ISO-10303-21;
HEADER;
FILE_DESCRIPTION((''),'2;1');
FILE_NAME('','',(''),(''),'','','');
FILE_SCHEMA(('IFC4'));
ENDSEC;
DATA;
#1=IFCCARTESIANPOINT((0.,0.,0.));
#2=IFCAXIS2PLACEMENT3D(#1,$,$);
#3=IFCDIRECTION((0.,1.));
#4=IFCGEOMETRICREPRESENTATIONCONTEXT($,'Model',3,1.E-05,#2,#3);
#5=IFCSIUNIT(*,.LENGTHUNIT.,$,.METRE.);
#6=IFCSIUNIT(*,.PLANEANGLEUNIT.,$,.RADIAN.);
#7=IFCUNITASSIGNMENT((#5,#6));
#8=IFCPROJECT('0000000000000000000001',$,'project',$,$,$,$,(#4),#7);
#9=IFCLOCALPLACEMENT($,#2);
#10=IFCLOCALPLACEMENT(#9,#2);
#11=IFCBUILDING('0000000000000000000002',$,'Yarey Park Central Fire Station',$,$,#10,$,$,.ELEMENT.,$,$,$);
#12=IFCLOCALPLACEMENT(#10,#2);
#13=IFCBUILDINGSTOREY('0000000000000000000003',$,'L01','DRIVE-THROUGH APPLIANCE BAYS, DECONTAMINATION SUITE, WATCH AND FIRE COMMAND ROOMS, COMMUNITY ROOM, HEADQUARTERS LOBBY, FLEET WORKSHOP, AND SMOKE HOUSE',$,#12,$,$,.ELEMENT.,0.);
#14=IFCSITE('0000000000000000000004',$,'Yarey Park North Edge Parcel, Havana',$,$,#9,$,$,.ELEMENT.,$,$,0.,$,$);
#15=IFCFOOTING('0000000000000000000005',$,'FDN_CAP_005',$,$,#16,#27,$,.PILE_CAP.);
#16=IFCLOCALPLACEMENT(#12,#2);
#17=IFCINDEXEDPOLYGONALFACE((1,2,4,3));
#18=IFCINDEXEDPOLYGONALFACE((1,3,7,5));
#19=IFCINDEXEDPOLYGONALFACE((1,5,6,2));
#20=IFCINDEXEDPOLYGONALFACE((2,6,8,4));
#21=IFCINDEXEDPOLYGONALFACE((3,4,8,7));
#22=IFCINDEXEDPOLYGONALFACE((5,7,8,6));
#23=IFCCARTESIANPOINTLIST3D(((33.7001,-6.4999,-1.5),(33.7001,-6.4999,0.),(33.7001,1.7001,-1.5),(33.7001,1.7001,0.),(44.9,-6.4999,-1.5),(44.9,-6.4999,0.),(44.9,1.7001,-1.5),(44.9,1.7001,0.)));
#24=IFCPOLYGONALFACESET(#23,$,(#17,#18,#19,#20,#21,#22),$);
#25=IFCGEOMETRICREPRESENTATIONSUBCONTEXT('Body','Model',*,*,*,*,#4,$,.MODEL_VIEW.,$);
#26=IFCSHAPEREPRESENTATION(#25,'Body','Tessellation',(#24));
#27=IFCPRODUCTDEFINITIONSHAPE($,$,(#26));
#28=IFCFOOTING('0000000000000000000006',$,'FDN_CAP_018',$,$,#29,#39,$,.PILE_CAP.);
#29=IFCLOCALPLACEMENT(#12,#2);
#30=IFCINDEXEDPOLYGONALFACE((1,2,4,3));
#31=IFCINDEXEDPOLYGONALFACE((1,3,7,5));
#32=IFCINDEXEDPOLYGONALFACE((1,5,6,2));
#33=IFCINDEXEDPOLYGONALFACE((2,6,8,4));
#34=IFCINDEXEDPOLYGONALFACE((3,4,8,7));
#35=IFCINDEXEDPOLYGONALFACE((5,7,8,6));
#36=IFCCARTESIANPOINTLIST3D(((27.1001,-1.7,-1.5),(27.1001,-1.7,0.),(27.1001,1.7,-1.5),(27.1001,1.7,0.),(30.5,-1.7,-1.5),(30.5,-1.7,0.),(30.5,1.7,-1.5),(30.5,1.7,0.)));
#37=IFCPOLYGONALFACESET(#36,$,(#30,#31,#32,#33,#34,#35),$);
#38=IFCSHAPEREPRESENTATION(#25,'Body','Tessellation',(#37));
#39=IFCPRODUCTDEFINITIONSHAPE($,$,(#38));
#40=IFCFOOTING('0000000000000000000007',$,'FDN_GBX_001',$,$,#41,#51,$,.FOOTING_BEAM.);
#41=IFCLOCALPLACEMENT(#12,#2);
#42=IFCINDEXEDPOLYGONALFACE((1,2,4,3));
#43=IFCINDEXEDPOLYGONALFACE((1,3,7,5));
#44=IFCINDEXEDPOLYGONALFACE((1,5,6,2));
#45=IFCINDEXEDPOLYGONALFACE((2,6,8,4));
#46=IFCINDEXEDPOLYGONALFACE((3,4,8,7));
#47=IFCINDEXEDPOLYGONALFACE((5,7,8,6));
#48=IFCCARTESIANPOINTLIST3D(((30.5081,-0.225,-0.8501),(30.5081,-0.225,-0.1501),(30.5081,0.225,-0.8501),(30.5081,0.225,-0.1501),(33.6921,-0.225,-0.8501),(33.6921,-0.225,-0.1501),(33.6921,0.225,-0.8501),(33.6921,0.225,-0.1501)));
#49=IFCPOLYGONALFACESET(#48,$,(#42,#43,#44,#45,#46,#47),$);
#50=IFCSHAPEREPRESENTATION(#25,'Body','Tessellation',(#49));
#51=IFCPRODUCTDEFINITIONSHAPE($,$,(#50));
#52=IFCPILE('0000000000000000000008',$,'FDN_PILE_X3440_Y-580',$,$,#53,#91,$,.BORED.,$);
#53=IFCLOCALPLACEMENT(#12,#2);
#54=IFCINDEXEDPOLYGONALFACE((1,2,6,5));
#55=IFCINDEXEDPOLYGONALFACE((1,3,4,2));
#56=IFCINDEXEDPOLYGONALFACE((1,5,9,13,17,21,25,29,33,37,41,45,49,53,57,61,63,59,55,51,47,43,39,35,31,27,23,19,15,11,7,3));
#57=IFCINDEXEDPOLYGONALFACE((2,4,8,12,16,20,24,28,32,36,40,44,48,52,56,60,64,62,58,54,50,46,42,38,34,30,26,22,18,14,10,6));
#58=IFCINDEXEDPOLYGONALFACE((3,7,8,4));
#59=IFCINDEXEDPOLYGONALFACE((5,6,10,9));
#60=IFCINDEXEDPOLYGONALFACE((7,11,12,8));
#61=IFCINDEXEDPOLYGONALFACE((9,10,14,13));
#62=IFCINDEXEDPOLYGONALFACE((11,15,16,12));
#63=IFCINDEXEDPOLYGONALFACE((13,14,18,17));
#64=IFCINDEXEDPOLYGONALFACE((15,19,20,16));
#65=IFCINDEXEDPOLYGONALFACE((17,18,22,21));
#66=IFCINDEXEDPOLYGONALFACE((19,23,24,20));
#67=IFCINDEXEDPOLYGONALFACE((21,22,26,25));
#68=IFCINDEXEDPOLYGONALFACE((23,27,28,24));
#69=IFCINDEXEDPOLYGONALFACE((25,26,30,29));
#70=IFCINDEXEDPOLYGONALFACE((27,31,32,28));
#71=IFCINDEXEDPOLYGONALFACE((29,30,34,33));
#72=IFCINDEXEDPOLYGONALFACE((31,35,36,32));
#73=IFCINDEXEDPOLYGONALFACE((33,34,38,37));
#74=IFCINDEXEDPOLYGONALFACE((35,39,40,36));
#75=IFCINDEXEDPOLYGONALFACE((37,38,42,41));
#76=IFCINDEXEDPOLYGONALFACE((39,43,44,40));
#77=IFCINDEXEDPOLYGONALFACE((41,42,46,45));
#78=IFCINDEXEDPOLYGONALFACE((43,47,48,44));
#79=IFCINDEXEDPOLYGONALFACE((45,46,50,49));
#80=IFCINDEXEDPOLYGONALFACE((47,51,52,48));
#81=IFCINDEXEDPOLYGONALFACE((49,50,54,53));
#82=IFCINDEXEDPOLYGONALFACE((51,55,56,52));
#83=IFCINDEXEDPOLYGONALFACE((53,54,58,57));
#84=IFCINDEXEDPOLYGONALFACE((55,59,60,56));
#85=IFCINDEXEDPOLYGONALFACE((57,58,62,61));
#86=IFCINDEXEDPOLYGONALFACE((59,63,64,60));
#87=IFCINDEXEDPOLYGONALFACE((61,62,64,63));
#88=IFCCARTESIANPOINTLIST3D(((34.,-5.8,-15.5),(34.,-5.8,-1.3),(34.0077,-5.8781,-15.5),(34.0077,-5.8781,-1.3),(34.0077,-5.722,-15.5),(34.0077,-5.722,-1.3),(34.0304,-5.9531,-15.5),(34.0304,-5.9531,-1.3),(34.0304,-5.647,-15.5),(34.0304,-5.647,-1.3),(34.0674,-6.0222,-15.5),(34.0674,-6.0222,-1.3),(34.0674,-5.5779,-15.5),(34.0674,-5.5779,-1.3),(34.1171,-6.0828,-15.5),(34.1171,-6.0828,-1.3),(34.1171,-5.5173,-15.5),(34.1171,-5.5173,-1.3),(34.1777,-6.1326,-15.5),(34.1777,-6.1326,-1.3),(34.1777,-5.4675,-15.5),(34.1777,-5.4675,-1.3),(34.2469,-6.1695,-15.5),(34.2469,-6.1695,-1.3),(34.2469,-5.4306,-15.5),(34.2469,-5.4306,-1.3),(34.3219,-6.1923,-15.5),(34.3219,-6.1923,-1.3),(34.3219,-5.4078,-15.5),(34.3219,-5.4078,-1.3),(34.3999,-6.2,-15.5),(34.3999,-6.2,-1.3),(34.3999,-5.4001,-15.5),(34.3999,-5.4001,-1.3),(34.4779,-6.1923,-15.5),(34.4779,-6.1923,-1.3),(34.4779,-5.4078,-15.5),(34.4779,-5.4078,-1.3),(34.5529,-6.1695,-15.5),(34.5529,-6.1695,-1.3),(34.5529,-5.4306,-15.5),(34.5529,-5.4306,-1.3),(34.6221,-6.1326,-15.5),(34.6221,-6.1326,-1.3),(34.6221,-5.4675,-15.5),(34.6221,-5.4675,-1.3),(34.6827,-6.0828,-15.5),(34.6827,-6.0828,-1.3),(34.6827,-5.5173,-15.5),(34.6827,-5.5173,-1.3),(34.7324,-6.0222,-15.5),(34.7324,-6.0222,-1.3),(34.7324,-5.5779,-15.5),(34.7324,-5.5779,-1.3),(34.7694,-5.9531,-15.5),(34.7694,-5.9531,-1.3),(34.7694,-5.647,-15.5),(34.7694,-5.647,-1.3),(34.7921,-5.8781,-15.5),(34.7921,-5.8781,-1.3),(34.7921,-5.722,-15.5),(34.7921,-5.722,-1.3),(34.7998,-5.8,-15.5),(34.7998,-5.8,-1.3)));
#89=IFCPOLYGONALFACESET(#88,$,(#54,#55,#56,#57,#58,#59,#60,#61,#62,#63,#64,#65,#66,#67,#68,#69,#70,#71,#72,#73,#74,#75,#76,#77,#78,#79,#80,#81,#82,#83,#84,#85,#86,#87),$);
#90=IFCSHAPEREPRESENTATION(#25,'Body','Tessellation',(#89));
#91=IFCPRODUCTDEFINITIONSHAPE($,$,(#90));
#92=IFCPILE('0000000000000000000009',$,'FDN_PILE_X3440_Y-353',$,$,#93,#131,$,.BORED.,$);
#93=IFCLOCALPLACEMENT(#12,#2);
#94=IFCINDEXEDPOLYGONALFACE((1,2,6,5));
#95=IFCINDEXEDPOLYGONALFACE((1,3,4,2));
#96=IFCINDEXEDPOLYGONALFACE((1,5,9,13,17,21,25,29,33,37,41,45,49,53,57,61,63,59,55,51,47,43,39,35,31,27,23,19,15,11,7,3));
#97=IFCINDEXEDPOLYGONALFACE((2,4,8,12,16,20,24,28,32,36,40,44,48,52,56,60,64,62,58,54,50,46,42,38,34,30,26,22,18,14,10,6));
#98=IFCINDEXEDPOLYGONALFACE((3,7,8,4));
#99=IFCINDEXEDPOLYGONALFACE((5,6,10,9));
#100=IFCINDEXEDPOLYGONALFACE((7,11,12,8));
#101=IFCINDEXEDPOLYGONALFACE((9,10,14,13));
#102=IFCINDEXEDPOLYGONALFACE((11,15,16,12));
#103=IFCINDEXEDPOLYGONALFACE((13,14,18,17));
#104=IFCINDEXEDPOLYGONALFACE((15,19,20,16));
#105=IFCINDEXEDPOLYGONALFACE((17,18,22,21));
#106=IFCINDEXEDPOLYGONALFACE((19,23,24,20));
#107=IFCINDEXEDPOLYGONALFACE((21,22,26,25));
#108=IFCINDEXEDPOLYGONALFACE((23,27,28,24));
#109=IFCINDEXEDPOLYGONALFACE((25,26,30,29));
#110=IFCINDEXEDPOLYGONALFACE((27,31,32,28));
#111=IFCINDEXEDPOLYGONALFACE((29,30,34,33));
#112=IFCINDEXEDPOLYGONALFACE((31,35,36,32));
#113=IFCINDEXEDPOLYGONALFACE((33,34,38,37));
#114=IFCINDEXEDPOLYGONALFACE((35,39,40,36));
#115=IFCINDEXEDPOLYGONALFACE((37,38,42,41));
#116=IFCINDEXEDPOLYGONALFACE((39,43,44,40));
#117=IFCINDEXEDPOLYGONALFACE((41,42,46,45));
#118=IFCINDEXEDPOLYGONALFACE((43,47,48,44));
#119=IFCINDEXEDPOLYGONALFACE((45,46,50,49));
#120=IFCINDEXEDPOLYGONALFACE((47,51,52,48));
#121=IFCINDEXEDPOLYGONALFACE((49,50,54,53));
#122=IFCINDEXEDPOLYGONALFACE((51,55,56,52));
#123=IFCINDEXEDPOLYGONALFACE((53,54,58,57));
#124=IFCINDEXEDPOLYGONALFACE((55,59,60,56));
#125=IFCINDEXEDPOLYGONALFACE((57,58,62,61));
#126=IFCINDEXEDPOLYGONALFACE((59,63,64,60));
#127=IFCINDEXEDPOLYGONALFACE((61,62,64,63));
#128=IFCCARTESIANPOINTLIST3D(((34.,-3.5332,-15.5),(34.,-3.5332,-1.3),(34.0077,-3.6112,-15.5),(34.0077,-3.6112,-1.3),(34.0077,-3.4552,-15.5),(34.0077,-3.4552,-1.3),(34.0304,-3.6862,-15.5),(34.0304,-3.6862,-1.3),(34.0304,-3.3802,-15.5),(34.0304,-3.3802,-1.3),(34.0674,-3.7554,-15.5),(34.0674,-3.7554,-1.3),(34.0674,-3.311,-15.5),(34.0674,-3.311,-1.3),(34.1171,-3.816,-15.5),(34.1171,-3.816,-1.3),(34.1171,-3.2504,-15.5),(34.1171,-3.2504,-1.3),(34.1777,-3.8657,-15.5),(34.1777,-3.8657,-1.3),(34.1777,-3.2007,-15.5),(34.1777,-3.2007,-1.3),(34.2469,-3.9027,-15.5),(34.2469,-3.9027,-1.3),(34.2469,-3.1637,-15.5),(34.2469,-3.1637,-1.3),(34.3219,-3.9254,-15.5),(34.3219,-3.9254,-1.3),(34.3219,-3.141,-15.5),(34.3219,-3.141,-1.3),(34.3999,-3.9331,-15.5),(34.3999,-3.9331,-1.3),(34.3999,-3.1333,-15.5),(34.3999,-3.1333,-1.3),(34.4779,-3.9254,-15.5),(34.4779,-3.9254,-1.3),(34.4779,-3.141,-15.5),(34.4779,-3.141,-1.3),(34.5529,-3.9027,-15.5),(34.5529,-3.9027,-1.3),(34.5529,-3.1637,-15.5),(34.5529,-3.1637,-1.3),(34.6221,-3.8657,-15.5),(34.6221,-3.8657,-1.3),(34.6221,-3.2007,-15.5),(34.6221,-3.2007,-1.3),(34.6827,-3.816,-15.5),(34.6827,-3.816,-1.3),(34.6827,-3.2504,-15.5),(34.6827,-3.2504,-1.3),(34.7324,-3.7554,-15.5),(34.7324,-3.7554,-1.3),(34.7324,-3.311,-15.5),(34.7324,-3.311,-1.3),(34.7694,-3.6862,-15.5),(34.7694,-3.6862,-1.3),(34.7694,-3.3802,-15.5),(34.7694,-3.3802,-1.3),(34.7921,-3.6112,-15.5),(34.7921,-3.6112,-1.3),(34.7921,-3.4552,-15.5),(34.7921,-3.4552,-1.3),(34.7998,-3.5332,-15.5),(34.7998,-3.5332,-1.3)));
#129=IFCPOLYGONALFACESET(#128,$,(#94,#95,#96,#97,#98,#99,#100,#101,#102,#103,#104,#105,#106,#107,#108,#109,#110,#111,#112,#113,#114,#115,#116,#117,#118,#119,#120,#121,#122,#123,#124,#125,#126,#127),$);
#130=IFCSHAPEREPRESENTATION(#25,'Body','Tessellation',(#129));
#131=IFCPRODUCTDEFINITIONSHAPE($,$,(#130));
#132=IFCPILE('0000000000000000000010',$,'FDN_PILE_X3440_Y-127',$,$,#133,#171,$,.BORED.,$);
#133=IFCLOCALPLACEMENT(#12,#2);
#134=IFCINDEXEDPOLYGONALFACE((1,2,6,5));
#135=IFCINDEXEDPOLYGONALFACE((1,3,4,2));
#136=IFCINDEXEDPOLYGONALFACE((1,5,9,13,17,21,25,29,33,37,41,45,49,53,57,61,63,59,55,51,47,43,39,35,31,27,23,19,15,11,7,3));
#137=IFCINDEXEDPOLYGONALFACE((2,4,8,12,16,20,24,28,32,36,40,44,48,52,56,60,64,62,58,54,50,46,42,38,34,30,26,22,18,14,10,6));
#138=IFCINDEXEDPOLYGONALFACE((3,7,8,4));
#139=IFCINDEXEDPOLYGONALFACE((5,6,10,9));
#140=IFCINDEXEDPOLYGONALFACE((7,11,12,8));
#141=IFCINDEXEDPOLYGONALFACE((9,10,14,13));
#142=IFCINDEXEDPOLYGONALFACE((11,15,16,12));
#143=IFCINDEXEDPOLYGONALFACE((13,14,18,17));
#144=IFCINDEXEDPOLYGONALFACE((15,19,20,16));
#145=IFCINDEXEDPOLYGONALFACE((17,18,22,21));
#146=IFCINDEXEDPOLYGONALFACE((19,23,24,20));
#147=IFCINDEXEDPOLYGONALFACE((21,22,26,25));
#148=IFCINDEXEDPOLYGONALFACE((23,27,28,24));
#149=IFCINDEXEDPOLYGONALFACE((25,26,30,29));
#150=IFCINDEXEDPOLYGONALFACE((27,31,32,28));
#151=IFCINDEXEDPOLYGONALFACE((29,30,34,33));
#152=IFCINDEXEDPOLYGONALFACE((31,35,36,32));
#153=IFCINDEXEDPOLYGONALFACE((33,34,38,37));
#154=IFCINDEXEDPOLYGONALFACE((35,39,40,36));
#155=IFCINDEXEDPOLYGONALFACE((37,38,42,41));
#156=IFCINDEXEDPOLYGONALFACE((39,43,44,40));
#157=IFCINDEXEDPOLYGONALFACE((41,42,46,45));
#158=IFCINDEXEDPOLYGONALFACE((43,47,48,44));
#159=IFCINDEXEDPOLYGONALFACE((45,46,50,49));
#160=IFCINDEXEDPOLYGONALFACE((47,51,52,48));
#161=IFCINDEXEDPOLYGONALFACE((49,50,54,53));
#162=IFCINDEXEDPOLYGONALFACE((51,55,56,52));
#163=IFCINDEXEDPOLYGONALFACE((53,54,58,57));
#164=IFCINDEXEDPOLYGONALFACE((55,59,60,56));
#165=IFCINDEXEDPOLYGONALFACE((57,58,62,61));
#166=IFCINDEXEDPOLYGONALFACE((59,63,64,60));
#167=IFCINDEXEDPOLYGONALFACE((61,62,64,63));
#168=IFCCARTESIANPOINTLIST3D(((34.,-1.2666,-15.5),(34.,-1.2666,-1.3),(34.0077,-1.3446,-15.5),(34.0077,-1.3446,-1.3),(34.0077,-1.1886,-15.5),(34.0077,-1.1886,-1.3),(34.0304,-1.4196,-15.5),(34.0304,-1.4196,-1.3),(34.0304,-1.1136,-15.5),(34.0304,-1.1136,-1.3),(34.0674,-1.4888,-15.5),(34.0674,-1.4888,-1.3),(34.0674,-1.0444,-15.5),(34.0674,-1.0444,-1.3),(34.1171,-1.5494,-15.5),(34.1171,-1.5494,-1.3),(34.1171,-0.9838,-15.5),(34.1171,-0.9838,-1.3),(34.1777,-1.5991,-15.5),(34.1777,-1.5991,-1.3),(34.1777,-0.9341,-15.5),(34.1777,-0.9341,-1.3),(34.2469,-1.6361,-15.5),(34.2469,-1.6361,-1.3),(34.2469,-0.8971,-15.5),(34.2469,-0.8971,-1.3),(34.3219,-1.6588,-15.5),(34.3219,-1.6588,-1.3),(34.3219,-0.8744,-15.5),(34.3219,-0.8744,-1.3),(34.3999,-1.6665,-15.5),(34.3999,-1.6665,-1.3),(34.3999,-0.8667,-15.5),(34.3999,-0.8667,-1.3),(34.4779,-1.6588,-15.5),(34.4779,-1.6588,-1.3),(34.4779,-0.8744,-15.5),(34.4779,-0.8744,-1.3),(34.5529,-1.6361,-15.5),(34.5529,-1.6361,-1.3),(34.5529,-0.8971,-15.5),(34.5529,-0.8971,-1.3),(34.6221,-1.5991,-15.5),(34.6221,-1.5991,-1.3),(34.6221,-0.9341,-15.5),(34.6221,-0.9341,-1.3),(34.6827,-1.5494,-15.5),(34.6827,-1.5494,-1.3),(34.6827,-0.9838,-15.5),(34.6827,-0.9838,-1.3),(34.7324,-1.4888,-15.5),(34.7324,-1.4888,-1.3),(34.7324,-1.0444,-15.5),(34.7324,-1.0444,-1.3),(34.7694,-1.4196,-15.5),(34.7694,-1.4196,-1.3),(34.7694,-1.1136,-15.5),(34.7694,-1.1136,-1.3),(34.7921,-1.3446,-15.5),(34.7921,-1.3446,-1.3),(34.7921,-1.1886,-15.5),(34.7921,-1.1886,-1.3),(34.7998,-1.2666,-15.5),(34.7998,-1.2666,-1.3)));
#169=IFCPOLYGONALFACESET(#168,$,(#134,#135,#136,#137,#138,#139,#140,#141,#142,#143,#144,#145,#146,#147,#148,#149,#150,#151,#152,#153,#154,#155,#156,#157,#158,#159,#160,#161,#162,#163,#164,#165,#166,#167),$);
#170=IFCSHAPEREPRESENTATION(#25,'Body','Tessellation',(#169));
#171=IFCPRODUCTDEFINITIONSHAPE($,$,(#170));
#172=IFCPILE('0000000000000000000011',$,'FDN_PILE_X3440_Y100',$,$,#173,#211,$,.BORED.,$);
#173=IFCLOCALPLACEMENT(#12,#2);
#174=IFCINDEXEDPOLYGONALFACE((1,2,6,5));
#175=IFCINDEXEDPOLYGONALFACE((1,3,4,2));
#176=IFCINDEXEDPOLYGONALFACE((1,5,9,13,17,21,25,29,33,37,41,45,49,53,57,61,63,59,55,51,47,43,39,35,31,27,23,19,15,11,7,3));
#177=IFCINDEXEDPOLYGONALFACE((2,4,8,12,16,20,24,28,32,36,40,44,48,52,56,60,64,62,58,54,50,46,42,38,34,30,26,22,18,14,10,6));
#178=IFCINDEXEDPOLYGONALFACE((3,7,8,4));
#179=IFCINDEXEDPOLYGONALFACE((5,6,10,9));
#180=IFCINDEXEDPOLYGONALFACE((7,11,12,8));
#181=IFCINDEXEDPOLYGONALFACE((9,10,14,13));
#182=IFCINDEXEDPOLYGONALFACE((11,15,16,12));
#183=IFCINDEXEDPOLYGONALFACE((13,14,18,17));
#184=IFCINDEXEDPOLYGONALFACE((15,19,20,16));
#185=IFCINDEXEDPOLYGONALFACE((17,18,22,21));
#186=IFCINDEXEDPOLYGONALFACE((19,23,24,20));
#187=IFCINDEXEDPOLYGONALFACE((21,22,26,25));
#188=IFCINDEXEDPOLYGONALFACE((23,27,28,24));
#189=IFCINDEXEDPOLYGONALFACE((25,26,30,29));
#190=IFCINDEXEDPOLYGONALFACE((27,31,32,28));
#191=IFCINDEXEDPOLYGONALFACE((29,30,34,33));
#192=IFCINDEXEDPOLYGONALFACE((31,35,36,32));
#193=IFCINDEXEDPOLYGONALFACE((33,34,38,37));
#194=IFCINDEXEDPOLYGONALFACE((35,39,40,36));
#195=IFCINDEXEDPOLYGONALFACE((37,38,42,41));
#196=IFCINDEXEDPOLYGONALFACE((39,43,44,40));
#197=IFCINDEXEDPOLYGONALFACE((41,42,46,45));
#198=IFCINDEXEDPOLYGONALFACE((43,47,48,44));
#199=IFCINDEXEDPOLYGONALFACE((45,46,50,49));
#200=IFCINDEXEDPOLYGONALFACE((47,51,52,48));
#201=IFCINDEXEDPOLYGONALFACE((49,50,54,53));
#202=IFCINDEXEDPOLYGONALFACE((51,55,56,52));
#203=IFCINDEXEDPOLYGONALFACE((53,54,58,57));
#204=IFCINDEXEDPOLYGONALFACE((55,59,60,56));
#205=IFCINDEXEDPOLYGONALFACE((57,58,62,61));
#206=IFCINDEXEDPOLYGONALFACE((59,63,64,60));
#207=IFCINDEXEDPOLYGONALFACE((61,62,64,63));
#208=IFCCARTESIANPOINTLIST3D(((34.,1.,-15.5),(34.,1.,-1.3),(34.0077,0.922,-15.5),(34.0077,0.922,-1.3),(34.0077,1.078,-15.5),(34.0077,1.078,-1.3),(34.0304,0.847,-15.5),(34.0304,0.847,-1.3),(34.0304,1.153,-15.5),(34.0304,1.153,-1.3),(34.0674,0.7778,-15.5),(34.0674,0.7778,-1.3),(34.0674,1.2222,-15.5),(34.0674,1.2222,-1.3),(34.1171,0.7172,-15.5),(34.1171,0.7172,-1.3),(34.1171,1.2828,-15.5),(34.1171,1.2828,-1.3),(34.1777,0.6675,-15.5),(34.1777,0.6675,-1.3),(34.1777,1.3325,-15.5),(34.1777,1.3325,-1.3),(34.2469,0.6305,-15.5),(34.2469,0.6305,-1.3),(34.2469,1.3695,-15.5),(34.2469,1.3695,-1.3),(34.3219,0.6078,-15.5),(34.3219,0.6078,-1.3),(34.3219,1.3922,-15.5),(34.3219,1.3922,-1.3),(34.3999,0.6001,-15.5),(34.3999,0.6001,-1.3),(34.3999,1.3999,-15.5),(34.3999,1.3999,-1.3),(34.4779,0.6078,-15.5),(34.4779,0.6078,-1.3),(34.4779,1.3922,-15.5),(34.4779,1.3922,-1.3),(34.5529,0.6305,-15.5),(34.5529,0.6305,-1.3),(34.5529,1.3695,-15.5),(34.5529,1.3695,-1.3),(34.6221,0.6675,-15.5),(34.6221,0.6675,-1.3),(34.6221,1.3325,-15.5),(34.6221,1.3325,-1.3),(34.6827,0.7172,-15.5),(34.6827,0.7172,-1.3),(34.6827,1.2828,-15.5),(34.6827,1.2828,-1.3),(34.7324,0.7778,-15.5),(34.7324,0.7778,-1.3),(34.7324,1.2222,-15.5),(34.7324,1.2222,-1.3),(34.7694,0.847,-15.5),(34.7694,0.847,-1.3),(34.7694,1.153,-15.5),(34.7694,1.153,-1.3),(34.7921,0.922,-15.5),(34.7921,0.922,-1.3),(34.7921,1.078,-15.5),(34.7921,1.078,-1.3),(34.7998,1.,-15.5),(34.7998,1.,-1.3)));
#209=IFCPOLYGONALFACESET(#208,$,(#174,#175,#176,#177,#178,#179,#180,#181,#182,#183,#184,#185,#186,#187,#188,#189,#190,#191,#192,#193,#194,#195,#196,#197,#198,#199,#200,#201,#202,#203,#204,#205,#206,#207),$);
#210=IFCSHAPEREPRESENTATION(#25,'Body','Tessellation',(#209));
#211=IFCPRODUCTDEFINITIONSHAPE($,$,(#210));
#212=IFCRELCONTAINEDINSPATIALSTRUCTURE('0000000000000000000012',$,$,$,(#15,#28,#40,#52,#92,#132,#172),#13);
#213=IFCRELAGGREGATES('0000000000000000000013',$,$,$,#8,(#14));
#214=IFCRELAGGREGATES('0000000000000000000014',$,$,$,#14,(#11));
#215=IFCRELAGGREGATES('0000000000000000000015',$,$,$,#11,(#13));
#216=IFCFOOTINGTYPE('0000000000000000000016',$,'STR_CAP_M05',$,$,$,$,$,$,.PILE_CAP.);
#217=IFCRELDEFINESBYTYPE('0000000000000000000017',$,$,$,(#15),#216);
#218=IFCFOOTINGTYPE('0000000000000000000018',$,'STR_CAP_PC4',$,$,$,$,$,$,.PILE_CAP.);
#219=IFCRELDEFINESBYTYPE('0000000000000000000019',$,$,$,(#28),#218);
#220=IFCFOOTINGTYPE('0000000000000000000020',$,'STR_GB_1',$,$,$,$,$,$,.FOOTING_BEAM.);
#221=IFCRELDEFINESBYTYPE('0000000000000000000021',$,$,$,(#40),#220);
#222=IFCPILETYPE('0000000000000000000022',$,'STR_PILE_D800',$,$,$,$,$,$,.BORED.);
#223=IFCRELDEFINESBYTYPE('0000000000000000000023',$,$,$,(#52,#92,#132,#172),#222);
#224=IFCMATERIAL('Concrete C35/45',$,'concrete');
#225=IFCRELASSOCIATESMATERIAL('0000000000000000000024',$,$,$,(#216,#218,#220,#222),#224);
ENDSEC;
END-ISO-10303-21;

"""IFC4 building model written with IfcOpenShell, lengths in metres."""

from ifc_helpers import new_model, si_unit, direction, frame, origin, origin_2d, place, context, subcontext, project, spatial, rectangle, circle, extrude, material, material_profile, profile_set, type_object, element, save


model = new_model("IFC4")

# Units and contexts
model_context = context("Model", 3, precision=1e-05, world=origin(), true_north=direction((0.0, 1.0)))
body_context = subcontext(model_context, "Body", "Model", "MODEL_VIEW")
ifc_project = project(units=[si_unit("LENGTHUNIT", "METRE"), si_unit("PLANEANGLEUNIT", "RADIAN")], contexts=[model_context])

# Site, building, storey
site_placement = place(None, origin())
site = spatial("IfcSite", under=ifc_project, at=site_placement, Name="Yarey Park North Edge Parcel, Havana", CompositionType="ELEMENT", RefElevation=0.0)
building_placement = place(site_placement, origin())
building = spatial("IfcBuilding", under=site, at=building_placement, Name="Yarey Park Central Fire Station", CompositionType="ELEMENT")
storey_placement = place(building_placement, origin())
storey = spatial("IfcBuildingStorey", under=building, at=storey_placement, Name="L01", Description="DRIVE-THROUGH APPLIANCE BAYS, DECONTAMINATION SUITE, WATCH AND FIRE COMMAND ROOMS, COMMUNITY ROOM, HEADQUARTERS LOBBY, FLEET WORKSHOP, AND SMOKE HOUSE", CompositionType="ELEMENT", Elevation=0.0)

# Footings
ifc_material_1 = material(Name="Concrete C35/45", Category="concrete")
footing_type_1 = type_object("IfcFootingType", Name="STR_CAP_M05", PredefinedType="PILE_CAP", material=ifc_material_1)
footing_1_placement = place(storey_placement, frame((39.3, -2.3999, -1.5), z_axis=(0.0, 0.0, 1.0), x_axis=(1.0, 0.0, 0.0)))
element("IfcFooting", 1, at=footing_1_placement, inside=storey, type_object=footing_type_1, Name="FDN_CAP_005", PredefinedType="PILE_CAP", context=body_context, shape_type="SweptSolid", body=[
    extrude(rectangle(XDim=11.2, YDim=8.2, at=origin_2d()), origin(), (0.0, 0.0, 1.0), 1.5),
])
footing_type_2 = type_object("IfcFootingType", Name="STR_CAP_PC4", PredefinedType="PILE_CAP", material=ifc_material_1)
footing_2_placement = place(storey_placement, frame((28.8, 0.0, -1.5), z_axis=(0.0, 0.0, 1.0), x_axis=(1.0, 0.0, 0.0)))
element("IfcFooting", 2, at=footing_2_placement, inside=storey, type_object=footing_type_2, Name="FDN_CAP_018", PredefinedType="PILE_CAP", context=body_context, shape_type="SweptSolid", body=[
    extrude(rectangle(XDim=3.3999, YDim=3.3999, at=origin_2d()), origin(), (0.0, 0.0, 1.0), 1.5),
])
footing_type_3 = type_object("IfcFootingType", Name="STR_GB_1", PredefinedType="FOOTING_BEAM", material=ifc_material_1)
footing_3_placement = place(storey_placement, frame((32.1001, 0.0, -0.8501), z_axis=(0.0, 0.0, 1.0), x_axis=(1.0, 0.0, 0.0)))
element("IfcFooting", 3, at=footing_3_placement, inside=storey, type_object=footing_type_3, Name="FDN_GBX_001", PredefinedType="FOOTING_BEAM", context=body_context, shape_type="SweptSolid", body=[
    extrude(rectangle(XDim=3.1841, YDim=0.45, at=origin_2d()), origin(), (0.0, 0.0, 1.0), 0.7),
])

# Piles
ifc_material_profile_1 = material_profile(ifc_material_1, circle(Radius=0.3999, at=origin_2d()), Name="BORED PILE D800")
ifc_profile_set_1 = profile_set([ifc_material_profile_1], Name="Concrete C35/45")
pile_type = type_object("IfcPileType", Name="STR_PILE_D800", PredefinedType="BORED", material=ifc_profile_set_1)
for number, where, z_axis, x_axis, name in (
    (4, (34.3999, -5.8, -1.3), (0.0, 0.0, -1.0), (1.0, 0.0, 0.0), "FDN_PILE_X3440_Y-580"),
    (5, (34.3999, -3.5332, -1.3), (0.0, 0.0, -1.0), (1.0, 0.0, 0.0), "FDN_PILE_X3440_Y-353"),
    (6, (34.3999, -1.2666, -1.3), (0.0, 0.0, -1.0), (1.0, 0.0, 0.0), "FDN_PILE_X3440_Y-127"),
    (7, (34.3999, 1.0, -1.3), (0.0, 0.0, -1.0), (1.0, 0.0, 0.0), "FDN_PILE_X3440_Y100"),
):
    element("IfcPile", number, at=place(storey_placement, frame(where, z_axis=z_axis, x_axis=x_axis)), inside=storey, type_object=pile_type, Name=name, PredefinedType="BORED", context=body_context, shape_type="SweptSolid", body=[
        extrude(circle(Radius=0.3999, at=origin_2d()), origin(), (0.0, 0.0, 1.0), 14.2),
    ])

save(model, "model.ifc")
